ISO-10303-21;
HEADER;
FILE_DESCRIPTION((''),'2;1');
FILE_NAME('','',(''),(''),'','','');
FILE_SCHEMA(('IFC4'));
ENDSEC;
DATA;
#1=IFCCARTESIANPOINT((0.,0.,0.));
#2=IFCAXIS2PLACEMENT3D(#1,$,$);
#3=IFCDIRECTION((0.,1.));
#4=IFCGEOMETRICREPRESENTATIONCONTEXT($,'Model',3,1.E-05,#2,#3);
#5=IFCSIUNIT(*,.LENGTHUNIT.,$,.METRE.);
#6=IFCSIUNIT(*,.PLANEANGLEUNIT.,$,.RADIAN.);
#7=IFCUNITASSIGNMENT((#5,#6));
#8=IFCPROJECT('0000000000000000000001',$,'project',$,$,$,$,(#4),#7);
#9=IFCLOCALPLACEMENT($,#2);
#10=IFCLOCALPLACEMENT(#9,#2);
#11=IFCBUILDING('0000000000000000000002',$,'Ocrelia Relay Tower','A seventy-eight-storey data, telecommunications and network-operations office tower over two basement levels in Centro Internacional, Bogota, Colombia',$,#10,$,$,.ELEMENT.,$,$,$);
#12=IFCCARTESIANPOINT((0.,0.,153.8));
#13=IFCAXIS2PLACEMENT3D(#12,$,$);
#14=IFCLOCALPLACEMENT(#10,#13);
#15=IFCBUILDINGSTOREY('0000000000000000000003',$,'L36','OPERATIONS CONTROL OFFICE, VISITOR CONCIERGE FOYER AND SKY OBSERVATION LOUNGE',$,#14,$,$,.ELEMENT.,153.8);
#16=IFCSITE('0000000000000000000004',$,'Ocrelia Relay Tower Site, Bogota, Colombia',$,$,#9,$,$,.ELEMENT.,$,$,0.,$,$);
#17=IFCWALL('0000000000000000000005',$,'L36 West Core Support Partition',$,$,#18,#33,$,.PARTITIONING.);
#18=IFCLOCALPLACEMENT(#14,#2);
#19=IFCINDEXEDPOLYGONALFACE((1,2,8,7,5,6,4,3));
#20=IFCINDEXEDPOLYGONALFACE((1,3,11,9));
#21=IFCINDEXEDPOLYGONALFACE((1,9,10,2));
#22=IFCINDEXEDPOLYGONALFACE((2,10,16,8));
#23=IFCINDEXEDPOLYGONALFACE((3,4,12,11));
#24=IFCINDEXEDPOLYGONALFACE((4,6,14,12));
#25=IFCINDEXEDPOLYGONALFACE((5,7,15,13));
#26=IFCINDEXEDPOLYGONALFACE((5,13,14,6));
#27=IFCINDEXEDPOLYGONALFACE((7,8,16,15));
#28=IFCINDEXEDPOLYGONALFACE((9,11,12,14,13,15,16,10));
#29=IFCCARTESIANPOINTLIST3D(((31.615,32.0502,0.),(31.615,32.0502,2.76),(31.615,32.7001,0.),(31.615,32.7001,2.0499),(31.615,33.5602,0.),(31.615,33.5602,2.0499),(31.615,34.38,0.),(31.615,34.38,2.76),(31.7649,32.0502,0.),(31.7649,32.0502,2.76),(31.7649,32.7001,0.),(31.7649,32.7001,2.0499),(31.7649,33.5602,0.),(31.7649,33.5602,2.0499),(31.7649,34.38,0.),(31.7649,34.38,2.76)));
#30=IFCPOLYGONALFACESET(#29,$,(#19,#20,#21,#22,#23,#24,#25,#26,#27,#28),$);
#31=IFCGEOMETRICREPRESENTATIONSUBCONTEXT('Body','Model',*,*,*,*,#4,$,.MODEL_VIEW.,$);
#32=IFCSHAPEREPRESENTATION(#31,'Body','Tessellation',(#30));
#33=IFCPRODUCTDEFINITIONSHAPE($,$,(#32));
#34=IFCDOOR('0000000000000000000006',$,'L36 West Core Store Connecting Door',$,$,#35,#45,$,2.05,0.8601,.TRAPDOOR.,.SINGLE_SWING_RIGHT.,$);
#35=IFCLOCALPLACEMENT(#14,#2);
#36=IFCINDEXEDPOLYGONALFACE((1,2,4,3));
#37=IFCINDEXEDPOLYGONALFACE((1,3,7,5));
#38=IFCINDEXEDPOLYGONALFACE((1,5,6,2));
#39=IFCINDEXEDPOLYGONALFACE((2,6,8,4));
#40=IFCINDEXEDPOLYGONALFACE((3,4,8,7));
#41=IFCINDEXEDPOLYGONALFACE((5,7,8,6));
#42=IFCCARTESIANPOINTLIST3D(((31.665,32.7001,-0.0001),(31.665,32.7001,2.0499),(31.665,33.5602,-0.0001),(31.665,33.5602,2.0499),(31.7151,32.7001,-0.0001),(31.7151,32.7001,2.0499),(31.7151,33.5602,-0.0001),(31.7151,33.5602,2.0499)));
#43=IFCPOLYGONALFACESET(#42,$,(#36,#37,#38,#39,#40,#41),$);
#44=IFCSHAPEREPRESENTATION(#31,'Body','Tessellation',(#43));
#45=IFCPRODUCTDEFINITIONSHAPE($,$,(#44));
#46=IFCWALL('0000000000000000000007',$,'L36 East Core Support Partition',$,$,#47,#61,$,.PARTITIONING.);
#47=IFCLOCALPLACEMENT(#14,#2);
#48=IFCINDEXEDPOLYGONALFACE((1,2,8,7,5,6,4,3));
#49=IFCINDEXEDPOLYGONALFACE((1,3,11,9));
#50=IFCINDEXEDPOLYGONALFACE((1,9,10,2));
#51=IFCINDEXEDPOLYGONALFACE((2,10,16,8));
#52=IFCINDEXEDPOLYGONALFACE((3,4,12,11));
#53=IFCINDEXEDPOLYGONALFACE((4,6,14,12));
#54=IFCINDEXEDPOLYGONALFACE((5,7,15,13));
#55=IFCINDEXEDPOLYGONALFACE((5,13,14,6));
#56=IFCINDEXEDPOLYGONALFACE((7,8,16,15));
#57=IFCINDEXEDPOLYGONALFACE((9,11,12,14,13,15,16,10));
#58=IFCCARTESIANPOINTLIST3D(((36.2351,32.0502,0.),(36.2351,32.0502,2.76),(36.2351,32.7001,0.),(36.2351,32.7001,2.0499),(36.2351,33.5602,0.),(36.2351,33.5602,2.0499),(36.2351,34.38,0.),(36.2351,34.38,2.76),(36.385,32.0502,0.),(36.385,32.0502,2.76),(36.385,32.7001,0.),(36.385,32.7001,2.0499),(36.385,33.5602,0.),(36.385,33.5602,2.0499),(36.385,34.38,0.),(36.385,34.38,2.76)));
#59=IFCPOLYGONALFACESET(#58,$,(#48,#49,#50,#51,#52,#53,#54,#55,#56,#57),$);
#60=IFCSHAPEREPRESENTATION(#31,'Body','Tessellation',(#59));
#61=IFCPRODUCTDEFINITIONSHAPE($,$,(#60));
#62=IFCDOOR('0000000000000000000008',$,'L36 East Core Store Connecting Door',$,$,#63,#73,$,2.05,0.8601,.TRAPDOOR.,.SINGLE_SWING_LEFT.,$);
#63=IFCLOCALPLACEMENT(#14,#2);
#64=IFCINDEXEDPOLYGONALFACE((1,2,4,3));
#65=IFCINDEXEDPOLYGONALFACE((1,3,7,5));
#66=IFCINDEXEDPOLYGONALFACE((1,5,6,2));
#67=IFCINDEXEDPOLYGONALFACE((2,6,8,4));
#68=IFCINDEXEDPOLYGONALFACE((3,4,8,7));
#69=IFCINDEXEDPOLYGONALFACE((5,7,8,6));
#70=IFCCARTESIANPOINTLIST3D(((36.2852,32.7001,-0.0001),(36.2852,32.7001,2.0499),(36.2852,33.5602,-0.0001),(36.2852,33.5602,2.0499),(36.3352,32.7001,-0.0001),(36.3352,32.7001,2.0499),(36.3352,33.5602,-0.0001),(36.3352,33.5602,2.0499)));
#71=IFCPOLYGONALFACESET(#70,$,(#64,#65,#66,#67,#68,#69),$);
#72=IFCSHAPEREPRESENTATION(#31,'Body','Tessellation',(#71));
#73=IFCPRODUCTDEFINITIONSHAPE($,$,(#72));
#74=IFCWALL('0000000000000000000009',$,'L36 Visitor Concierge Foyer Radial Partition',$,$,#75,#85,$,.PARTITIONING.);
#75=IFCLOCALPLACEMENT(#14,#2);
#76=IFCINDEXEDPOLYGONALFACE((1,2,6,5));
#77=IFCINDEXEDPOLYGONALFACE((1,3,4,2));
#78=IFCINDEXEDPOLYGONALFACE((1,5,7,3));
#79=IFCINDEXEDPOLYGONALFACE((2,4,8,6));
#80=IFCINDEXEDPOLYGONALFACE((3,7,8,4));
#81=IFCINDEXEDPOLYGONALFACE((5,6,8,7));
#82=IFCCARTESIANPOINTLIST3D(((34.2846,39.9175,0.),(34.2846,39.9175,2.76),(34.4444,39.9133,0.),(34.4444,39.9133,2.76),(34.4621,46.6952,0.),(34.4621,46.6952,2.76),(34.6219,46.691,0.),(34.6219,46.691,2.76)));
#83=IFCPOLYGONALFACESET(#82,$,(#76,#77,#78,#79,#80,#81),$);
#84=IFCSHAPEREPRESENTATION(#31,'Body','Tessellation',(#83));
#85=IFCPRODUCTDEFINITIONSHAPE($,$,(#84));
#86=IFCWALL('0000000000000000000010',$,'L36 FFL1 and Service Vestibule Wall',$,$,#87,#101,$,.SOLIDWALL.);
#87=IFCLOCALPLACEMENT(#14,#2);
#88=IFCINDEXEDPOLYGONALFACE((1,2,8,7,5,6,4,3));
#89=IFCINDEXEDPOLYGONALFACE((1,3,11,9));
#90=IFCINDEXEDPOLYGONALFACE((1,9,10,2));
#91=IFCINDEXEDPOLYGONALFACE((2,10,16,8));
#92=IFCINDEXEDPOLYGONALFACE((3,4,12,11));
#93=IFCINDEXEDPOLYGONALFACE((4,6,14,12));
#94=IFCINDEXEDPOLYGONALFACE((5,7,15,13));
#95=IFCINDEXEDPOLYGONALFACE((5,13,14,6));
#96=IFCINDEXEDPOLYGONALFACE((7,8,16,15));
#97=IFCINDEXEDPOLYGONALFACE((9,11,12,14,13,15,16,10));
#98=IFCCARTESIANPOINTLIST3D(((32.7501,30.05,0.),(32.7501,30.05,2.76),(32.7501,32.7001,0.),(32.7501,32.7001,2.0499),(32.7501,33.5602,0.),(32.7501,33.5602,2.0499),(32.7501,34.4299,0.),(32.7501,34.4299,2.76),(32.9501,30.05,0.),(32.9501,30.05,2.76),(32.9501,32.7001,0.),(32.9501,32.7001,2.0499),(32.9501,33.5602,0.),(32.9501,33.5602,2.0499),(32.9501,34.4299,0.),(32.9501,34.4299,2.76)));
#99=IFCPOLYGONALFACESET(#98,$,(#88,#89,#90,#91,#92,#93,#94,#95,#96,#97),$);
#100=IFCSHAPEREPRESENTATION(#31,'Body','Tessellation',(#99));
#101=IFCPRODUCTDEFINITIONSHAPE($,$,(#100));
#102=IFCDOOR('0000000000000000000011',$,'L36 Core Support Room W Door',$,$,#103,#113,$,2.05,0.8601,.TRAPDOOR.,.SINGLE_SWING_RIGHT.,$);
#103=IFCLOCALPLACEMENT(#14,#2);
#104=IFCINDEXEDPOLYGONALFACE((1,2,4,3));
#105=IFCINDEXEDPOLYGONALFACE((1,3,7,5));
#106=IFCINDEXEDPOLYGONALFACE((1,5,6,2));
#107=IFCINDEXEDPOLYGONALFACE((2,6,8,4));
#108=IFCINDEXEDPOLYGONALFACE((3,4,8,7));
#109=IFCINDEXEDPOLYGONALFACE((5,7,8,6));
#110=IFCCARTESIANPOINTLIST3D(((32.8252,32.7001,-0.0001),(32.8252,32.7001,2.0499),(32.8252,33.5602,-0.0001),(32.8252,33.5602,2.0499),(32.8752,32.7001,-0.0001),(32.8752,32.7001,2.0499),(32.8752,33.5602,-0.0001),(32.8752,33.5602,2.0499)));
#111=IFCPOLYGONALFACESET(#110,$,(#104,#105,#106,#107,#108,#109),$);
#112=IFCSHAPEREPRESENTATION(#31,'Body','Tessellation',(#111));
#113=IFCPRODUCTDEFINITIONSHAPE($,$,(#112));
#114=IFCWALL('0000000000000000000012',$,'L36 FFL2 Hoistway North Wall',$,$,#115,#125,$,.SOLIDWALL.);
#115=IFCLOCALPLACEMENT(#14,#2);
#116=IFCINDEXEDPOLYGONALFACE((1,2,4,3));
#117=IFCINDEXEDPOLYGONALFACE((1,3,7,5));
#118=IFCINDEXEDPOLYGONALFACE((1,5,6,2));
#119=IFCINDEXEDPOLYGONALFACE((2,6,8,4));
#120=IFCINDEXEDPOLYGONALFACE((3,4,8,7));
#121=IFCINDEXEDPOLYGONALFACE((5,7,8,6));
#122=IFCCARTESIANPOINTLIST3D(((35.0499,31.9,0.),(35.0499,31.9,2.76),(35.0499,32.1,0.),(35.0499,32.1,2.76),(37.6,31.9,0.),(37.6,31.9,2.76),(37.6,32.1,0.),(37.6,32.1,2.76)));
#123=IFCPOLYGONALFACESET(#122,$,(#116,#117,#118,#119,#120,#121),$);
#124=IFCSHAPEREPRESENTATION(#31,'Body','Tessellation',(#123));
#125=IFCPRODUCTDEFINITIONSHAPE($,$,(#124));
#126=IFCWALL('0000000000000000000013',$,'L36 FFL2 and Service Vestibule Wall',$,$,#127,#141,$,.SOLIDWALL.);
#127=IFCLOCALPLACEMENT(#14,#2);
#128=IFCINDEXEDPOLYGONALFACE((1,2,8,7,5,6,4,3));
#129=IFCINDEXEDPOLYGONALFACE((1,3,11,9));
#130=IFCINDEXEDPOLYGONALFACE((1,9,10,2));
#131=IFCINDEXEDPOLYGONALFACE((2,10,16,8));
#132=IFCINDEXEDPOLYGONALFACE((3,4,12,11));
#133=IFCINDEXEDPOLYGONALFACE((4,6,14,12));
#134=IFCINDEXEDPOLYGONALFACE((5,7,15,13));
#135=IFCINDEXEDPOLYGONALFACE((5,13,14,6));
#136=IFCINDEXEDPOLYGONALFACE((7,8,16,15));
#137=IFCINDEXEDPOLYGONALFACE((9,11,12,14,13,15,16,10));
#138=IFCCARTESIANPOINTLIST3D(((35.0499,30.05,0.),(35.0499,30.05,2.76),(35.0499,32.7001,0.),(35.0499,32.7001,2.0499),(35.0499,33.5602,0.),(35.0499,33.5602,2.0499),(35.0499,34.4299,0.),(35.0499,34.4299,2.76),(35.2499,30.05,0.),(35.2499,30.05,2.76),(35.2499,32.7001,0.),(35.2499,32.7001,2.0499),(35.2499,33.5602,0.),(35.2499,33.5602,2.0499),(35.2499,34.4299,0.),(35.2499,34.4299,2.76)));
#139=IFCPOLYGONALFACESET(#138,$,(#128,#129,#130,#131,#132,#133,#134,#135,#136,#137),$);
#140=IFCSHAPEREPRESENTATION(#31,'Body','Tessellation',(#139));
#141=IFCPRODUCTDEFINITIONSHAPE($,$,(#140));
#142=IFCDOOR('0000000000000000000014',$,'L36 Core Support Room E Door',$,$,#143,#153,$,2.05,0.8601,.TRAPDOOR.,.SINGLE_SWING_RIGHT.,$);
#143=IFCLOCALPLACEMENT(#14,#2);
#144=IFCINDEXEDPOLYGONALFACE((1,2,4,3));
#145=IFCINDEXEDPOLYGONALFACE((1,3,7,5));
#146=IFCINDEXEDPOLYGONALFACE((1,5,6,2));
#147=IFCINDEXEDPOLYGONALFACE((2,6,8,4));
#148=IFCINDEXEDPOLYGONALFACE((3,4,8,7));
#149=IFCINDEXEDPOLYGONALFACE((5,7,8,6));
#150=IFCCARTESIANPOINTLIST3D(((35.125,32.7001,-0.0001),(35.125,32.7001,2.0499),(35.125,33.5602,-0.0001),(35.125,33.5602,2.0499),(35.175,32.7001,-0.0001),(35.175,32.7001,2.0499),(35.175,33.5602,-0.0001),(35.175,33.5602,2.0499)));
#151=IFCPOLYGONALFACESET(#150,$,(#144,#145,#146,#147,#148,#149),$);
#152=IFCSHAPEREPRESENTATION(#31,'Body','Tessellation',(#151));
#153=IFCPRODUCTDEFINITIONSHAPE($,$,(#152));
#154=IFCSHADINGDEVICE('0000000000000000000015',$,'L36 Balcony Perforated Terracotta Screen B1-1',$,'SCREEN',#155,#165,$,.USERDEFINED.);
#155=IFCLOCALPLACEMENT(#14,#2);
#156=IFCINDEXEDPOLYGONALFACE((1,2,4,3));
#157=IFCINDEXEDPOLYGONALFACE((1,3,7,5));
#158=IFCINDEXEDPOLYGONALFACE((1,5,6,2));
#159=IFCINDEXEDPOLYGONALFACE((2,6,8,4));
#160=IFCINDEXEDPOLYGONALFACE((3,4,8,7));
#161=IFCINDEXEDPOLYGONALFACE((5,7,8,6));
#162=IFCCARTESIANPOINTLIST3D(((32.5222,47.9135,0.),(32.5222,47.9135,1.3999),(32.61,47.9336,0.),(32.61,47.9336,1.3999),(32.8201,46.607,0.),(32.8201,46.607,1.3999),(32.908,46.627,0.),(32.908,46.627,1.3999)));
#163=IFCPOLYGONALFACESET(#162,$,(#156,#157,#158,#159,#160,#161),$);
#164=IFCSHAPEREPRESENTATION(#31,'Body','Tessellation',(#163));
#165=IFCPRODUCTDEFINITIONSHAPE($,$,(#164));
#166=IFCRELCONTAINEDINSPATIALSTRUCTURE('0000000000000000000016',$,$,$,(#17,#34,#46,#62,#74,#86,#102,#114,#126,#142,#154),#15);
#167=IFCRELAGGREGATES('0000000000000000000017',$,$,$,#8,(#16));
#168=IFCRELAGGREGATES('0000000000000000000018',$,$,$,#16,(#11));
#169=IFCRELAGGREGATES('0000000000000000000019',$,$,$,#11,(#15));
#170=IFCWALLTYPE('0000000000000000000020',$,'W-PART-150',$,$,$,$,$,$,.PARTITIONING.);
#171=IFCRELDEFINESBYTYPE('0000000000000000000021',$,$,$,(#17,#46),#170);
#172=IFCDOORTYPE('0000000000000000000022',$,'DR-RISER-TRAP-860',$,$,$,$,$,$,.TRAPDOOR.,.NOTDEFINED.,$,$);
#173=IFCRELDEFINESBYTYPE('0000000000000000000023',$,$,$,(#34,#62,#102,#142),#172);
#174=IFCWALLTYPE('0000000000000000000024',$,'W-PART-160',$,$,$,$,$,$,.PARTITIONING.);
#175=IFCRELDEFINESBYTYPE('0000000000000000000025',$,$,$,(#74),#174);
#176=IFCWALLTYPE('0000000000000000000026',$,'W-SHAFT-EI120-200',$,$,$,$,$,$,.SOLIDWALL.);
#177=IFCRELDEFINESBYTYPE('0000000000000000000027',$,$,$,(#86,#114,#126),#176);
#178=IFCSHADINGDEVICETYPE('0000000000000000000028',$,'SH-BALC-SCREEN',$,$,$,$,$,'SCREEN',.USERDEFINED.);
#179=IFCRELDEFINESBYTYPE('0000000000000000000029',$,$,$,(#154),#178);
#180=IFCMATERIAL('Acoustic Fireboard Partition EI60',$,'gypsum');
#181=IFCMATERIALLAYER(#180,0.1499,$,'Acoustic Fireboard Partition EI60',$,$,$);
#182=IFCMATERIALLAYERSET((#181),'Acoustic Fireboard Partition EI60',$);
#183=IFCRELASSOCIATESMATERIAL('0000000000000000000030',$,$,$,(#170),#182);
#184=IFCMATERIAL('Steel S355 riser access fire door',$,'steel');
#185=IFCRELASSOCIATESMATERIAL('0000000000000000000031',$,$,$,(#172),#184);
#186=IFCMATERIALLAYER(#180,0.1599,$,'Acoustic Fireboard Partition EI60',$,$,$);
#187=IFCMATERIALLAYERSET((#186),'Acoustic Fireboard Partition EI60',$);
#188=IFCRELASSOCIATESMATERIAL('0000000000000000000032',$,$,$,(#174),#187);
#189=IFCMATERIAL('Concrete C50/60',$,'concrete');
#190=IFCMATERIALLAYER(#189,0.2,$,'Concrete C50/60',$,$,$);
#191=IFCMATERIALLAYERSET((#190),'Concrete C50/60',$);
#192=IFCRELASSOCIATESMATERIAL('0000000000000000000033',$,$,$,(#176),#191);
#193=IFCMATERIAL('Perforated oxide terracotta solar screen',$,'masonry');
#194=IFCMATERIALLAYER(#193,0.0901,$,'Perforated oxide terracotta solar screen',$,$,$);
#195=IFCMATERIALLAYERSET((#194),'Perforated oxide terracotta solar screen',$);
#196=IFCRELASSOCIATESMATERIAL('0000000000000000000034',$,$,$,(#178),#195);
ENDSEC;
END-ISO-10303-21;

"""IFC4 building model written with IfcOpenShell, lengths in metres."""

from ifc_helpers import new_model, si_unit, direction, frame, frame_2d, origin, origin_2d, place, context, subcontext, project, spatial, rectangle, extrude, material, layer, layer_set, type_object, element, fill, save


model = new_model("IFC4")

# Units and contexts
model_context = context("Model", 3, precision=1e-05, world=origin(), true_north=direction((0.0, 1.0)))
body_context = subcontext(model_context, "Body", "Model", "MODEL_VIEW")
ifc_project = project(units=[si_unit("LENGTHUNIT", "METRE"), si_unit("PLANEANGLEUNIT", "RADIAN")], contexts=[model_context])

# Site, building, storey
site_placement = place(None, origin())
site = spatial("IfcSite", under=ifc_project, at=site_placement, Name="Ocrelia Relay Tower Site, Bogota, Colombia", CompositionType="ELEMENT", RefElevation=0.0)
building_placement = place(site_placement, origin())
building = spatial("IfcBuilding", under=site, at=building_placement, Name="Ocrelia Relay Tower", Description="A seventy-eight-storey data, telecommunications and network-operations office tower over two basement levels in Centro Internacional, Bogota, Colombia", CompositionType="ELEMENT")
storey_placement = place(building_placement, frame((0.0, 0.0, 153.8)))
storey = spatial("IfcBuildingStorey", under=building, at=storey_placement, Name="L36", Description="OPERATIONS CONTROL OFFICE, VISITOR CONCIERGE FOYER AND SKY OBSERVATION LOUNGE", CompositionType="ELEMENT", Elevation=153.8)

# Walls, openings, doors
ifc_material_1 = material(Name="Concrete C50/60", Category="concrete")
ifc_material_2 = material(Name="Acoustic Fireboard Partition EI60", Category="gypsum")
ifc_layer_1 = layer(ifc_material_2, 0.1499, Name="Acoustic Fireboard Partition EI60")
ifc_layer_set_1 = layer_set([ifc_layer_1], Name="Acoustic Fireboard Partition EI60")
wall_type_1 = type_object("IfcWallType", Name="W-PART-150", PredefinedType="PARTITIONING", material=ifc_layer_set_1)
wall_1_placement = place(storey_placement, frame((31.6899, 32.05, 0.0), z_axis=(0.0, 0.0, 1.0), x_axis=(0.0, 1.0, 0.0)))
wall_1 = element("IfcWall", 1, at=wall_1_placement, inside=storey, type_object=wall_type_1, Name="L36 West Core Support Partition", PredefinedType="PARTITIONING", context=body_context, shape_type="SweptSolid", body=[
    extrude(rectangle(XDim=2.3298, YDim=0.1499, at=frame_2d((1.165, 0.0))), origin(), (0.0, 0.0, 1.0), 2.76),
])
opening_1_placement = place(wall_1_placement, frame((0.6499, 0.0, 0.0)))
opening_1 = element("IfcOpeningElement", 2, at=opening_1_placement, cuts=wall_1, PredefinedType="OPENING", context=body_context, shape_type="SweptSolid", body=[
    extrude(rectangle(XDim=0.8601, YDim=2.05, at=frame_2d((0.4302, 1.0249))), frame((0.0, 0.085, 0.0), z_axis=(0.0, -1.0, 0.0), x_axis=(1.0, 0.0, 0.0)), (0.0, 0.0, 1.0), 0.1699),
])
ifc_material_3 = material(Name="Steel S355 riser access fire door", Category="steel")
door_type_1 = type_object("IfcDoorType", Name="DR-RISER-TRAP-860", OperationType="NOTDEFINED", PredefinedType="TRAPDOOR", material=ifc_material_3)
door_1_placement = place(opening_1_placement, origin())
door_1 = element("IfcDoor", 3, at=door_1_placement, inside=storey, type_object=door_type_1, Name="L36 West Core Store Connecting Door", OperationType="SINGLE_SWING_RIGHT", OverallHeight=2.05, OverallWidth=0.8601, PredefinedType="TRAPDOOR", context=body_context, shape_type="SweptSolid", body=[
    extrude(rectangle(XDim=0.8601, YDim=2.05, at=frame_2d((0.4302, 1.0249))), frame((0.0, 0.0249, 0.0), z_axis=(0.0, -1.0, 0.0), x_axis=(1.0, 0.0, 0.0)), (0.0, 0.0, 1.0), 0.05),
])
fill(opening_1, door_1)
wall_2_placement = place(storey_placement, frame((36.3101, 32.05, 0.0), z_axis=(0.0, 0.0, 1.0), x_axis=(0.0, 1.0, 0.0)))
wall_2 = element("IfcWall", 4, at=wall_2_placement, inside=storey, type_object=wall_type_1, Name="L36 East Core Support Partition", PredefinedType="PARTITIONING", context=body_context, shape_type="SweptSolid", body=[
    extrude(rectangle(XDim=2.3298, YDim=0.1499, at=frame_2d((1.165, 0.0))), origin(), (0.0, 0.0, 1.0), 2.76),
])
opening_2_placement = place(wall_2_placement, frame((0.6499, 0.0, 0.0)))
opening_2 = element("IfcOpeningElement", 5, at=opening_2_placement, cuts=wall_2, PredefinedType="OPENING", context=body_context, shape_type="SweptSolid", body=[
    extrude(rectangle(XDim=0.8601, YDim=2.05, at=frame_2d((0.4302, 1.0249))), frame((0.0, 0.085, 0.0), z_axis=(0.0, -1.0, 0.0), x_axis=(1.0, 0.0, 0.0)), (0.0, 0.0, 1.0), 0.1699),
])
door_2_placement = place(opening_2_placement, origin())
door_2 = element("IfcDoor", 6, at=door_2_placement, inside=storey, type_object=door_type_1, Name="L36 East Core Store Connecting Door", OperationType="SINGLE_SWING_LEFT", OverallHeight=2.05, OverallWidth=0.8601, PredefinedType="TRAPDOOR", context=body_context, shape_type="SweptSolid", body=[
    extrude(rectangle(XDim=0.8601, YDim=2.05, at=frame_2d((0.4302, 1.0249))), frame((0.0, 0.0249, 0.0), z_axis=(0.0, -1.0, 0.0), x_axis=(1.0, 0.0, 0.0)), (0.0, 0.0, 1.0), 0.05),
])
fill(opening_2, door_2)

# Wall
ifc_layer_2 = layer(ifc_material_2, 0.1599, Name="Acoustic Fireboard Partition EI60")
ifc_layer_set_2 = layer_set([ifc_layer_2], Name="Acoustic Fireboard Partition EI60")
wall_type_2 = type_object("IfcWallType", Name="W-PART-160", PredefinedType="PARTITIONING", material=ifc_layer_set_2)
wall_3_placement = place(storey_placement, frame((34.3645, 39.9153, 0.0), z_axis=(0.0, 0.0, 1.0), x_axis=(0.026179, 0.999657, 0.0)))
element("IfcWall", 7, at=wall_3_placement, inside=storey, type_object=wall_type_2, Name="L36 Visitor Concierge Foyer Radial Partition", PredefinedType="PARTITIONING", context=body_context, shape_type="SweptSolid", body=[
    extrude(rectangle(XDim=6.78, YDim=0.1599, at=frame_2d((3.3901, 0.0))), origin(), (0.0, 0.0, 1.0), 2.76),
])

# Wall, opening, door
ifc_layer_3 = layer(ifc_material_1, 0.2, Name="Concrete C50/60")
ifc_layer_set_3 = layer_set([ifc_layer_3], Name="Concrete C50/60")
wall_type_3 = type_object("IfcWallType", Name="W-SHAFT-EI120-200", PredefinedType="SOLIDWALL", material=ifc_layer_set_3)
wall_4_placement = place(storey_placement, frame((32.8501, 30.05, 0.0), z_axis=(0.0, 0.0, 1.0), x_axis=(0.0, 1.0, 0.0)))
wall_4 = element("IfcWall", 8, at=wall_4_placement, inside=storey, type_object=wall_type_3, Name="L36 FFL1 and Service Vestibule Wall", PredefinedType="SOLIDWALL", context=body_context, shape_type="SweptSolid", body=[
    extrude(rectangle(XDim=4.3799, YDim=0.2, at=frame_2d((2.1899, 0.0))), origin(), (0.0, 0.0, 1.0), 2.76),
])
opening_3_placement = place(wall_4_placement, frame((2.6499, 0.0, 0.0)))
opening_3 = element("IfcOpeningElement", 9, at=opening_3_placement, cuts=wall_4, PredefinedType="OPENING", context=body_context, shape_type="SweptSolid", body=[
    extrude(rectangle(XDim=0.8601, YDim=2.05, at=frame_2d((0.4302, 1.0249))), frame((0.0, 0.1099, 0.0), z_axis=(0.0, -1.0, 0.0), x_axis=(1.0, 0.0, 0.0)), (0.0, 0.0, 1.0), 0.22),
])
door_3_placement = place(opening_3_placement, origin())
door_3 = element("IfcDoor", 10, at=door_3_placement, inside=storey, type_object=door_type_1, Name="L36 Core Support Room W Door", OperationType="SINGLE_SWING_RIGHT", OverallHeight=2.05, OverallWidth=0.8601, PredefinedType="TRAPDOOR", context=body_context, shape_type="SweptSolid", body=[
    extrude(rectangle(XDim=0.8601, YDim=2.05, at=frame_2d((0.4302, 1.0249))), frame((0.0, 0.0249, 0.0), z_axis=(0.0, -1.0, 0.0), x_axis=(1.0, 0.0, 0.0)), (0.0, 0.0, 1.0), 0.05),
])
fill(opening_3, door_3)

# Wall
wall_5_placement = place(storey_placement, frame((35.05, 32.0, 0.0), z_axis=(0.0, 0.0, 1.0), x_axis=(1.0, 0.0, 0.0)))
element("IfcWall", 11, at=wall_5_placement, inside=storey, type_object=wall_type_3, Name="L36 FFL2 Hoistway North Wall", PredefinedType="SOLIDWALL", context=body_context, shape_type="SweptSolid", body=[
    extrude(rectangle(XDim=2.55, YDim=0.2, at=frame_2d((1.2749, 0.0))), origin(), (0.0, 0.0, 1.0), 2.76),
])

# Wall, opening, door
wall_6_placement = place(storey_placement, frame((35.1499, 30.05, 0.0), z_axis=(0.0, 0.0, 1.0), x_axis=(0.0, 1.0, 0.0)))
wall_6 = element("IfcWall", 12, at=wall_6_placement, inside=storey, type_object=wall_type_3, Name="L36 FFL2 and Service Vestibule Wall", PredefinedType="SOLIDWALL", context=body_context, shape_type="SweptSolid", body=[
    extrude(rectangle(XDim=4.3799, YDim=0.2, at=frame_2d((2.1899, 0.0))), origin(), (0.0, 0.0, 1.0), 2.76),
])
opening_4_placement = place(wall_6_placement, frame((2.6499, 0.0, 0.0)))
opening_4 = element("IfcOpeningElement", 13, at=opening_4_placement, cuts=wall_6, PredefinedType="OPENING", context=body_context, shape_type="SweptSolid", body=[
    extrude(rectangle(XDim=0.8601, YDim=2.05, at=frame_2d((0.4302, 1.0249))), frame((0.0, 0.1099, 0.0), z_axis=(0.0, -1.0, 0.0), x_axis=(1.0, 0.0, 0.0)), (0.0, 0.0, 1.0), 0.22),
])
door_4_placement = place(opening_4_placement, origin())
door_4 = element("IfcDoor", 14, at=door_4_placement, inside=storey, type_object=door_type_1, Name="L36 Core Support Room E Door", OperationType="SINGLE_SWING_RIGHT", OverallHeight=2.05, OverallWidth=0.8601, PredefinedType="TRAPDOOR", context=body_context, shape_type="SweptSolid", body=[
    extrude(rectangle(XDim=0.8601, YDim=2.05, at=frame_2d((0.4302, 1.0249))), frame((0.0, 0.0249, 0.0), z_axis=(0.0, -1.0, 0.0), x_axis=(1.0, 0.0, 0.0)), (0.0, 0.0, 1.0), 0.05),
])
fill(opening_4, door_4)

# Shading device
ifc_material_4 = material(Name="Perforated oxide terracotta solar screen", Category="masonry")
ifc_layer_4 = layer(ifc_material_4, 0.0901, Name="Perforated oxide terracotta solar screen")
ifc_layer_set_4 = layer_set([ifc_layer_4], Name="Perforated oxide terracotta solar screen")
shading_device_type_1 = type_object("IfcShadingDeviceType", Name="SH-BALC-SCREEN", ElementType="SCREEN", PredefinedType="USERDEFINED", material=ifc_layer_set_4)
shading_device_1_placement = place(storey_placement, frame((32.7151, 47.2703, 0.0), z_axis=(0.0, 0.0, 1.0), x_axis=(-0.222322, 0.974973, 0.0)))
element("IfcShadingDevice", 15, at=shading_device_1_placement, inside=storey, type_object=shading_device_type_1, Name="L36 Balcony Perforated Terracotta Screen B1-1", ObjectType="SCREEN", PredefinedType="USERDEFINED", context=body_context, shape_type="SweptSolid", body=[
    extrude(rectangle(XDim=1.3401, YDim=0.0901, at=origin_2d()), origin(), (0.0, 0.0, 1.0), 1.3999),
])

save(model, "model.ifc")
